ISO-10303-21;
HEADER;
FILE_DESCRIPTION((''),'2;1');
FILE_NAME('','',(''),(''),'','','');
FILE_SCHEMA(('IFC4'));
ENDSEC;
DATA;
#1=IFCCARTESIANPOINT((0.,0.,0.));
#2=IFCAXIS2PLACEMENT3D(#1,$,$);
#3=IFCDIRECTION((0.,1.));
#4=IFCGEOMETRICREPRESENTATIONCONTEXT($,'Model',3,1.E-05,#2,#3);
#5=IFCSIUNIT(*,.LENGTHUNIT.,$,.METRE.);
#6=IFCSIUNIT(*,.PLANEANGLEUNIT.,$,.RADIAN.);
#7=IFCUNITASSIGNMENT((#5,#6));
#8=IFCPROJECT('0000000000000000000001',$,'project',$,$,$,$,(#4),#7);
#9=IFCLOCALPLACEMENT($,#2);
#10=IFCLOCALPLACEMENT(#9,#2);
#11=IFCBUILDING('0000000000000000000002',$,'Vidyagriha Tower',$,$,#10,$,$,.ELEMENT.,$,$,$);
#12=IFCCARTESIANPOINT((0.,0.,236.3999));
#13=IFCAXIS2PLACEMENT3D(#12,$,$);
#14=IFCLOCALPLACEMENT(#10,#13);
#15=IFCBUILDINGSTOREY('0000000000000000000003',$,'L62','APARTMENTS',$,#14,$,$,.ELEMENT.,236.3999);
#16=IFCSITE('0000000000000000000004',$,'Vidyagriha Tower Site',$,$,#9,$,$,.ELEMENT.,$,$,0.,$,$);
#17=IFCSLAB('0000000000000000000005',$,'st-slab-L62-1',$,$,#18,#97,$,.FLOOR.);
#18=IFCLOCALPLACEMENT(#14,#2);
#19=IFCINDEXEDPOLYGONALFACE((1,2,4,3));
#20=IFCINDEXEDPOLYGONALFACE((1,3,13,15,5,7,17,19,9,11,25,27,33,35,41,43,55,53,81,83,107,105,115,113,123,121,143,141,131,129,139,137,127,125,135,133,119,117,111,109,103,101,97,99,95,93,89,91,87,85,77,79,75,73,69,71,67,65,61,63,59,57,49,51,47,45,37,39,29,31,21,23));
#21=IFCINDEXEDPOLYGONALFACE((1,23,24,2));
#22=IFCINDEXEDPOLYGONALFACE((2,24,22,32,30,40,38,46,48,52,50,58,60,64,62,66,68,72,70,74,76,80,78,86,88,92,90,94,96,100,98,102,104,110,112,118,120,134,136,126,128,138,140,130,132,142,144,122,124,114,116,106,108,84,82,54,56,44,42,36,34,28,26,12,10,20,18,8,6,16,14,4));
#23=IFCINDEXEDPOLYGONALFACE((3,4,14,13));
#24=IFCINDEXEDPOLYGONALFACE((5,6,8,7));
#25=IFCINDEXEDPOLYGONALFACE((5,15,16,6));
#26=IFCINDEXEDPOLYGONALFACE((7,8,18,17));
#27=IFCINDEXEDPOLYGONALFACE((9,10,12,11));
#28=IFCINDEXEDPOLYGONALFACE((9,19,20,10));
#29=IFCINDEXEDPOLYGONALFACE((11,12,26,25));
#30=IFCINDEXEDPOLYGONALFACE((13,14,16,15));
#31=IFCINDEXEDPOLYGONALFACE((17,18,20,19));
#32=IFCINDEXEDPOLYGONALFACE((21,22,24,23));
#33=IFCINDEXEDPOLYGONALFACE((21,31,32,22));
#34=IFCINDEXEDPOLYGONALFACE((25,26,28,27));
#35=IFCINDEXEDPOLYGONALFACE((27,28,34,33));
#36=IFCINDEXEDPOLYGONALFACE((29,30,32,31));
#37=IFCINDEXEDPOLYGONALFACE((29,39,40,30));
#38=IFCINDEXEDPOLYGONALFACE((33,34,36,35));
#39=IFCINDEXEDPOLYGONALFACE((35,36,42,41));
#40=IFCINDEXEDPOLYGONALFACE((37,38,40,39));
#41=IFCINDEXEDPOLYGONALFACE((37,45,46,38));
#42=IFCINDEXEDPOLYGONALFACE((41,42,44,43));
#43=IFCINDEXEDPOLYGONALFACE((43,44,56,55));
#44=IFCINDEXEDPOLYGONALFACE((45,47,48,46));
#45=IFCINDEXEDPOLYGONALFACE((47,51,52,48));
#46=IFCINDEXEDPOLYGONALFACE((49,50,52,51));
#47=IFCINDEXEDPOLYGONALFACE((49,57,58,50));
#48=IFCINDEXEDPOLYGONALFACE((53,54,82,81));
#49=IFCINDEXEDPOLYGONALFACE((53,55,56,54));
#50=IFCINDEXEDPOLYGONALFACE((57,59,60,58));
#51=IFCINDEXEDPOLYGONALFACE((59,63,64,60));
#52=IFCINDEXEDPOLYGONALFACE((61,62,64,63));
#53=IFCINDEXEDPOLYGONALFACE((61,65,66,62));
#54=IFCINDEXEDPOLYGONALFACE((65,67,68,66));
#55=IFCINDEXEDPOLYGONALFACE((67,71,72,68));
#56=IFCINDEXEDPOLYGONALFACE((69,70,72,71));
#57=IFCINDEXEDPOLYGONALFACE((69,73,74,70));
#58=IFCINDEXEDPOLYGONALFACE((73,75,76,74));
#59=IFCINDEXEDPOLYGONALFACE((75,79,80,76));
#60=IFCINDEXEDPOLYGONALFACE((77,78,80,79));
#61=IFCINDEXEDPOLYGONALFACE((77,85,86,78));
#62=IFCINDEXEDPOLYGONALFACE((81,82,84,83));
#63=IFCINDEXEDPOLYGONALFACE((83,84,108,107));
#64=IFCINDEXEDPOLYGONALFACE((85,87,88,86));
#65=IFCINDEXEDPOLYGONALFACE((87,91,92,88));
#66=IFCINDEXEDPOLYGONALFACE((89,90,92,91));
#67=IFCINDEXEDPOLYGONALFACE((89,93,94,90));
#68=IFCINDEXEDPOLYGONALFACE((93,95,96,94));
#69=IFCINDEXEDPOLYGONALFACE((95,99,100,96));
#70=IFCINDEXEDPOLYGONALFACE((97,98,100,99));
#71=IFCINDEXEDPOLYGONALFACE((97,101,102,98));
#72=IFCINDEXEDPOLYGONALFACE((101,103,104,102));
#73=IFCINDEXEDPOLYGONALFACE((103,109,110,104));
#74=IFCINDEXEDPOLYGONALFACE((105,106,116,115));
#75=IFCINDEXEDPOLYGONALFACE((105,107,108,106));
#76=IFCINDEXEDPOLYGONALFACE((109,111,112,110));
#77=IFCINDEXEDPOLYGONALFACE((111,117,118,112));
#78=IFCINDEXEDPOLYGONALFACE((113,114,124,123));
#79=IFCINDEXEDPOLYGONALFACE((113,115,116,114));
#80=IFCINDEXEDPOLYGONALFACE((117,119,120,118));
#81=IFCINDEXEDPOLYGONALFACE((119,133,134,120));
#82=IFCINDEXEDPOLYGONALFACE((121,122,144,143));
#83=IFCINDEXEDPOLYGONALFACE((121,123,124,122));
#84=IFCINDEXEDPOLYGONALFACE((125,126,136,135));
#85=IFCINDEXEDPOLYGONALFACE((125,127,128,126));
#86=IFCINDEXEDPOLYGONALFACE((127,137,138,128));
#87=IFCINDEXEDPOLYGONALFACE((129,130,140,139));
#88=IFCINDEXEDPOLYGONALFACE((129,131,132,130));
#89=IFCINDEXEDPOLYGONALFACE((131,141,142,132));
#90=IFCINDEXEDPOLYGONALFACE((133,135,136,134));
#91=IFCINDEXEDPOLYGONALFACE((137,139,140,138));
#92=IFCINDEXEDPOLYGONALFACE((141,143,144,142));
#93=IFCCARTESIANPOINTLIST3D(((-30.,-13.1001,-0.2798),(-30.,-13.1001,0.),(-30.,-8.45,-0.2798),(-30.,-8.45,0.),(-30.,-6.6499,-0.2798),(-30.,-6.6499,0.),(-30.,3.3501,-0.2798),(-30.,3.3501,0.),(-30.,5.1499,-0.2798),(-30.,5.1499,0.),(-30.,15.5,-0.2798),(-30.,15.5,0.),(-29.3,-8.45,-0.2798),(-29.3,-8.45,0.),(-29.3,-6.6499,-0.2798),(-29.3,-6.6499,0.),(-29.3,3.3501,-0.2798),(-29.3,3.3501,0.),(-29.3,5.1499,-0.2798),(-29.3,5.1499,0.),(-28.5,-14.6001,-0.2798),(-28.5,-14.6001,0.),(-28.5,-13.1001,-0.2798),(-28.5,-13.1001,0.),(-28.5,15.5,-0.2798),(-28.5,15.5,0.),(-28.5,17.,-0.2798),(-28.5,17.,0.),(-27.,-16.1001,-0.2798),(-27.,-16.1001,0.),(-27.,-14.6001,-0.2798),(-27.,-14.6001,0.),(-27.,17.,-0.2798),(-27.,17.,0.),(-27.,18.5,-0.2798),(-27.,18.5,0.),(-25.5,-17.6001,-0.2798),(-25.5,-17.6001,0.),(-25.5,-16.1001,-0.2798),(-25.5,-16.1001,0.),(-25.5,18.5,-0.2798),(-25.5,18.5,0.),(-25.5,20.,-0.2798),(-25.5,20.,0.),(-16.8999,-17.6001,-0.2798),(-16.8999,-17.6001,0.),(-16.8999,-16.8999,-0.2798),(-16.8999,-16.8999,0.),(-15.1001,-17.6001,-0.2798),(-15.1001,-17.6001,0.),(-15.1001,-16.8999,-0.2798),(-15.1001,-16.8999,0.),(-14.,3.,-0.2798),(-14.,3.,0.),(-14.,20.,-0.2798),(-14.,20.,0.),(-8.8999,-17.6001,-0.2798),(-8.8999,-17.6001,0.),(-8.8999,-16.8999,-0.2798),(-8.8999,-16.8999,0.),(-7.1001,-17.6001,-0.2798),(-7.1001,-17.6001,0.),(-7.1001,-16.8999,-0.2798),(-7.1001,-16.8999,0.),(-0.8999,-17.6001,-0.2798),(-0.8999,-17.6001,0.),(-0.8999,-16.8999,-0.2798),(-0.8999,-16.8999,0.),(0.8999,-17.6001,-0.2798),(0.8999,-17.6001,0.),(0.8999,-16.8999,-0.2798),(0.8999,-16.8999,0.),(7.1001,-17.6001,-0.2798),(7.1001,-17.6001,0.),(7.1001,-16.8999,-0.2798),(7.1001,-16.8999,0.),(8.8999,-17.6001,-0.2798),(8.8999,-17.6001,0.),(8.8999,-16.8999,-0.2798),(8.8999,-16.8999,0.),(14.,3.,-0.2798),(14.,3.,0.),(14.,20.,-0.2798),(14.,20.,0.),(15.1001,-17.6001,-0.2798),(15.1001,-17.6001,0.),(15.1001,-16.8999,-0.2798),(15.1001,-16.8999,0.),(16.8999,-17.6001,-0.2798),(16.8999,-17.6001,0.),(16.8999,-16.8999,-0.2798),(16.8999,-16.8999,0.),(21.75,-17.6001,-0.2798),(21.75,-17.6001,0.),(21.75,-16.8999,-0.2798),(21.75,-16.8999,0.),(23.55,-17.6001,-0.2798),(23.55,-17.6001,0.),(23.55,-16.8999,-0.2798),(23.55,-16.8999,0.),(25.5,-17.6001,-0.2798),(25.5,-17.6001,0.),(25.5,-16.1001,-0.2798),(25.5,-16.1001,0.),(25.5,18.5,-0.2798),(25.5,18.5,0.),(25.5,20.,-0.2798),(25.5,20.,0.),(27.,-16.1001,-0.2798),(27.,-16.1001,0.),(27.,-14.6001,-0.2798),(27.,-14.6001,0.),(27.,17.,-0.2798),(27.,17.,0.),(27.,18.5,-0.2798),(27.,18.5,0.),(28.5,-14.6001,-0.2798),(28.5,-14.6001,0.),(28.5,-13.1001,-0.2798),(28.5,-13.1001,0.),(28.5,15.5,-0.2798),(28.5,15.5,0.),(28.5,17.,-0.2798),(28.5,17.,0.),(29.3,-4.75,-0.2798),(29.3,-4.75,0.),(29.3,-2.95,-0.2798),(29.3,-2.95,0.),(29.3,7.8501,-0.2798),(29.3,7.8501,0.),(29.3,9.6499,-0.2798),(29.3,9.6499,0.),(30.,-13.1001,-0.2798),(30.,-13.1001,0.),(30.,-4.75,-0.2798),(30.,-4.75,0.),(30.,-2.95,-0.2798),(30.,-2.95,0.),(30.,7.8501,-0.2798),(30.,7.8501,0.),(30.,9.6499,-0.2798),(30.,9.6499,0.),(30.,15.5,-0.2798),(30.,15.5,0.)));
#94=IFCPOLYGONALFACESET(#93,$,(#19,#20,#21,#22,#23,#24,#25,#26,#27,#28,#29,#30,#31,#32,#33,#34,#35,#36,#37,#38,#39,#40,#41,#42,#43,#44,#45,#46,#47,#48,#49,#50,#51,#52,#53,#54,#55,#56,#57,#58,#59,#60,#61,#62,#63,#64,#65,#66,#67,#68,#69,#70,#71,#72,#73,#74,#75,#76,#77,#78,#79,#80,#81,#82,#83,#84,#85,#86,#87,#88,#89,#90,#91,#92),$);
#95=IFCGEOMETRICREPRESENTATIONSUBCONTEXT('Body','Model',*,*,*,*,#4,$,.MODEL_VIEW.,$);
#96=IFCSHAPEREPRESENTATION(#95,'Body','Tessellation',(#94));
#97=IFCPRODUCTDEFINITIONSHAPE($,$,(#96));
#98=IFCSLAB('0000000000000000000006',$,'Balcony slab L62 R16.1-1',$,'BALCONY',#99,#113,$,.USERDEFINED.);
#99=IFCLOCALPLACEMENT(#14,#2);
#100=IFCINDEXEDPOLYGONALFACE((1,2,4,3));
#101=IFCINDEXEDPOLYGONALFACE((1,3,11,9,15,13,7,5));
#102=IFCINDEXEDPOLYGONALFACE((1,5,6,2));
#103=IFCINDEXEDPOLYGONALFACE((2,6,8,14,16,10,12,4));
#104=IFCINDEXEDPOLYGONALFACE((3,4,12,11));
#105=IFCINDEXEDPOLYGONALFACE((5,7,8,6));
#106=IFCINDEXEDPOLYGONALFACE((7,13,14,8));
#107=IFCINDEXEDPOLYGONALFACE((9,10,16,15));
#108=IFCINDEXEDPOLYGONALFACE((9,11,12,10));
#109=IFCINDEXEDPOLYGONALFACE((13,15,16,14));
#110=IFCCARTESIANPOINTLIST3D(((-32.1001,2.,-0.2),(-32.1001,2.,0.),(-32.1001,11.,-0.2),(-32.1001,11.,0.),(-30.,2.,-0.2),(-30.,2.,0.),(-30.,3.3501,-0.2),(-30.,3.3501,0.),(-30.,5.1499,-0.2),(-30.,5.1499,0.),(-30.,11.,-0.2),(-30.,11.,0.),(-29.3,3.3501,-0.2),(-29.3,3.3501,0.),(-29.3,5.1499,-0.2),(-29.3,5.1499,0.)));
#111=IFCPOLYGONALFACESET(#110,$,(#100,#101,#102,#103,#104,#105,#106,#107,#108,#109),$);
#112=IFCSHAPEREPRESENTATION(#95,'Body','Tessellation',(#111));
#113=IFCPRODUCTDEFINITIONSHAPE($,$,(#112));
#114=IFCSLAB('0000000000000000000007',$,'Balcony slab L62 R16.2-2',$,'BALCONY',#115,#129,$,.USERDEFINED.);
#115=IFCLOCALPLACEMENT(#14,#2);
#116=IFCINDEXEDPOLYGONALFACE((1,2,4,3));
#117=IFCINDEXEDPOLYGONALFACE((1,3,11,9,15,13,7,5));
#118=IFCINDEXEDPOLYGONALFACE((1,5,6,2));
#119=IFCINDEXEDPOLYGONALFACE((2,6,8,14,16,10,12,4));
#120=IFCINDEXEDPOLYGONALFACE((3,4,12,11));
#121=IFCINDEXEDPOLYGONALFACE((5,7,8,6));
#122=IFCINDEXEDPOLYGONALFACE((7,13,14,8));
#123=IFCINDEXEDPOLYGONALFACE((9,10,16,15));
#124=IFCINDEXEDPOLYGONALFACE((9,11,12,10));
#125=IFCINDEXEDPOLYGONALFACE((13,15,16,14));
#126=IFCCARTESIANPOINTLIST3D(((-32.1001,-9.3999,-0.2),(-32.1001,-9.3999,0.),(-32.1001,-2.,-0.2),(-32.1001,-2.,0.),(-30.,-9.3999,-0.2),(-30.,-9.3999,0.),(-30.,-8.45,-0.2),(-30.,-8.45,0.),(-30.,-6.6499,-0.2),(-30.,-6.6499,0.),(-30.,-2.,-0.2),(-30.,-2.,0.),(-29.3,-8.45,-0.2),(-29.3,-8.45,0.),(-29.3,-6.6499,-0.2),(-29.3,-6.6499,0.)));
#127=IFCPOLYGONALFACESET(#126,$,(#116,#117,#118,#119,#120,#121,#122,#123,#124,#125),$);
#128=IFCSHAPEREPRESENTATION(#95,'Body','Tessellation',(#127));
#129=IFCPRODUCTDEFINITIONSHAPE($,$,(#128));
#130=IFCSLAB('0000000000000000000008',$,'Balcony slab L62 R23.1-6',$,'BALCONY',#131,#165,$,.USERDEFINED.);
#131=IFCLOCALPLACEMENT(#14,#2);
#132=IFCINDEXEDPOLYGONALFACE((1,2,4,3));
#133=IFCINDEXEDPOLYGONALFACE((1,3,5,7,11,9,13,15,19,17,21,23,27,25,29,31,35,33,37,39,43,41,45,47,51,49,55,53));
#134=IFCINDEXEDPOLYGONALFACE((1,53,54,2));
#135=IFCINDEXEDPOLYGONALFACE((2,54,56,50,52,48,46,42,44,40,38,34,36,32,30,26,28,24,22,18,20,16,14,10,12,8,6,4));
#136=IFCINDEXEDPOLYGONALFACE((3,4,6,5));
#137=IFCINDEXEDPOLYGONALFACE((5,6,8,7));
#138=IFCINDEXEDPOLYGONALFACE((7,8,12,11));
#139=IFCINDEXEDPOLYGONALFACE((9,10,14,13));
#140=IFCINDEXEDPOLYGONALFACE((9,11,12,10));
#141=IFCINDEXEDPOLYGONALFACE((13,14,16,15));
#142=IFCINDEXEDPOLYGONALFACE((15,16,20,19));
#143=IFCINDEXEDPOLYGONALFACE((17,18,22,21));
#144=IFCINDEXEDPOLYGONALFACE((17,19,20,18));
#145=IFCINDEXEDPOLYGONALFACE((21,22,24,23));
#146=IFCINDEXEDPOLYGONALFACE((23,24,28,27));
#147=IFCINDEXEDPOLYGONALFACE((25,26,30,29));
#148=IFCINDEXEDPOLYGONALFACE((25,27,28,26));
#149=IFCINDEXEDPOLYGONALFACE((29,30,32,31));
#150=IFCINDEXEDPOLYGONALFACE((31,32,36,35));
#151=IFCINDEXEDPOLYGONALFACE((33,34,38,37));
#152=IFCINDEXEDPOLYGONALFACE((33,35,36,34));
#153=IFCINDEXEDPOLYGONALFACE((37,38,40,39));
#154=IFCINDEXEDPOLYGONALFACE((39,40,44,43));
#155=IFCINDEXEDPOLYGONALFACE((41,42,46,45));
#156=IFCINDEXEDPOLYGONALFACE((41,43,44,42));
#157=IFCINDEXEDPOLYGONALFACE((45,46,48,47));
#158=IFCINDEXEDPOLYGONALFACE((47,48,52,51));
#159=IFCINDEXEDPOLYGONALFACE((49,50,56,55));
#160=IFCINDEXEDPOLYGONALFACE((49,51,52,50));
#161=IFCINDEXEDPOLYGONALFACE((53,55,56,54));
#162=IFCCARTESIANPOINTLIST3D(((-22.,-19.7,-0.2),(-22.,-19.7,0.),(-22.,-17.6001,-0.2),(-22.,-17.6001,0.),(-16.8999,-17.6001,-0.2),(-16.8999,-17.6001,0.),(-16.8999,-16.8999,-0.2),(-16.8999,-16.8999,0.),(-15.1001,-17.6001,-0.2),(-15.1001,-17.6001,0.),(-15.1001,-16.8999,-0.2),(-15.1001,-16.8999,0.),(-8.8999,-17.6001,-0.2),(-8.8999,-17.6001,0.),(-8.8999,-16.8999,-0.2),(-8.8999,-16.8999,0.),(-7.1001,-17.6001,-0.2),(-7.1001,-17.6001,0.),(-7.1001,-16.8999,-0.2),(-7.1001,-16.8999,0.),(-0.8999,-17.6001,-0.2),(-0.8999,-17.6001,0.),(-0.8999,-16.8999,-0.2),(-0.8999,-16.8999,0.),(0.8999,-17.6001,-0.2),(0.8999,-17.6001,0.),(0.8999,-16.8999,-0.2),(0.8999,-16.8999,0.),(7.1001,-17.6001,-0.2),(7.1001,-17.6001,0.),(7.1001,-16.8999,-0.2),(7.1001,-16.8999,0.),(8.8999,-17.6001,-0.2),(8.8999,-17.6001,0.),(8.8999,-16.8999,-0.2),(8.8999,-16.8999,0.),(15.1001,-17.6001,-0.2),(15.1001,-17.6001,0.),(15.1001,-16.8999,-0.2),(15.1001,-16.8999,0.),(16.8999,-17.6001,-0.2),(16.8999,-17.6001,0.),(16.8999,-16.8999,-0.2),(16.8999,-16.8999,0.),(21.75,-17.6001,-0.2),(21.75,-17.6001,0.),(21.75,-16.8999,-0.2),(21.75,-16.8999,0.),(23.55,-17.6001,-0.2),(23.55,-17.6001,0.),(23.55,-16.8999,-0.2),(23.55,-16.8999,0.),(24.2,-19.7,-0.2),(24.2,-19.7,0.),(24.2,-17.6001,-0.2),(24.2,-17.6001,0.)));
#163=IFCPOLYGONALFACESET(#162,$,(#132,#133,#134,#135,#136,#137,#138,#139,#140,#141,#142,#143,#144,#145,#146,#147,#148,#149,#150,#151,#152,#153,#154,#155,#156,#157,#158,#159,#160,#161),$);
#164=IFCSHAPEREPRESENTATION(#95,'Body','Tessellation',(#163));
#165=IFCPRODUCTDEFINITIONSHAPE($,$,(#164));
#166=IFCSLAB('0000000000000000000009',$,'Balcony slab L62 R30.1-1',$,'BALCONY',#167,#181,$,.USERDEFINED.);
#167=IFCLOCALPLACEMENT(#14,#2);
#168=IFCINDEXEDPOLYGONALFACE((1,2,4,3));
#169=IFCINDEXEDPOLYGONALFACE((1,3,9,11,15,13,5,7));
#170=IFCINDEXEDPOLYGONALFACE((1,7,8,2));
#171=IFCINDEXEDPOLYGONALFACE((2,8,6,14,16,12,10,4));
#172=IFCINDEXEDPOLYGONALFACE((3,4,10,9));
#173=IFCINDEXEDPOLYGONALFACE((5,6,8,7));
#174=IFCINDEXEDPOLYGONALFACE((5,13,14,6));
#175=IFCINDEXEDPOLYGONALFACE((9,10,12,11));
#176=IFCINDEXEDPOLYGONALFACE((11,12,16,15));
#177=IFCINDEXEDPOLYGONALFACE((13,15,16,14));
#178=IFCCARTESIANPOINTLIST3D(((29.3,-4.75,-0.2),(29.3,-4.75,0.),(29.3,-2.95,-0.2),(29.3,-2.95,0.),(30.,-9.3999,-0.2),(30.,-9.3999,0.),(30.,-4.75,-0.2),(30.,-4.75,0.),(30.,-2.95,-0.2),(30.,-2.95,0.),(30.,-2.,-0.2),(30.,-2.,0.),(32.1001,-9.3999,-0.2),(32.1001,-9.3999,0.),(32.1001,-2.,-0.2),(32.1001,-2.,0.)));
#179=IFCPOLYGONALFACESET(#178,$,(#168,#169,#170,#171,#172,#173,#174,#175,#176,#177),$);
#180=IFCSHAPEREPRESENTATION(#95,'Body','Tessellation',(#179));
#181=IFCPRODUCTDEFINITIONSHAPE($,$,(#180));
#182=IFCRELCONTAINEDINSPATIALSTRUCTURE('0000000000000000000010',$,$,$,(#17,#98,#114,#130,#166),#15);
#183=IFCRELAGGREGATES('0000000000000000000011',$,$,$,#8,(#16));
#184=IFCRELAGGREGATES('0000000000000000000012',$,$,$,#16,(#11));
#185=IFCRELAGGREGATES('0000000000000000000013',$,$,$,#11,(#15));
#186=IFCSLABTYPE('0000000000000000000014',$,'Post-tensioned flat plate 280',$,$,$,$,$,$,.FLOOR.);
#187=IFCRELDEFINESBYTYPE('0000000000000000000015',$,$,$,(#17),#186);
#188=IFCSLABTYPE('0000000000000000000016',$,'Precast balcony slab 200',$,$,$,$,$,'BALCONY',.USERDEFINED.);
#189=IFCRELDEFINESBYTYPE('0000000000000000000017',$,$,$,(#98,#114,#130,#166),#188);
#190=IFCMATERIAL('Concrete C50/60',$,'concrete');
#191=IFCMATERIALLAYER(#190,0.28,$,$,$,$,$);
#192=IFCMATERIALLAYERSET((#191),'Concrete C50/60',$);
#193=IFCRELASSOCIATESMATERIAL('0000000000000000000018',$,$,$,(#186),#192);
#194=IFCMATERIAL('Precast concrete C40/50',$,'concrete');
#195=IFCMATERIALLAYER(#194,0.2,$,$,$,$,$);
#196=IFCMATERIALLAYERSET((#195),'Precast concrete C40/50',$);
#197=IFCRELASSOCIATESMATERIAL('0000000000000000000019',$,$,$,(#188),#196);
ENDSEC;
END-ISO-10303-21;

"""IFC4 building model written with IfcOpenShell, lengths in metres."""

from ifc_helpers import new_model, si_unit, direction, frame, origin, place, context, subcontext, project, spatial, polyline, outline, extrude, material, layer, layer_set, type_object, element, save


model = new_model("IFC4")

# Units and contexts
model_context = context("Model", 3, precision=1e-05, world=origin(), true_north=direction((0.0, 1.0)))
body_context = subcontext(model_context, "Body", "Model", "MODEL_VIEW")
ifc_project = project(units=[si_unit("LENGTHUNIT", "METRE"), si_unit("PLANEANGLEUNIT", "RADIAN")], contexts=[model_context])

# Site, building, storey
site_placement = place(None, origin())
site = spatial("IfcSite", under=ifc_project, at=site_placement, Name="Vidyagriha Tower Site", CompositionType="ELEMENT", RefElevation=0.0)
building_placement = place(site_placement, origin())
building = spatial("IfcBuilding", under=site, at=building_placement, Name="Vidyagriha Tower", CompositionType="ELEMENT")
storey_placement = place(building_placement, frame((0.0, 0.0, 236.3999)))
storey = spatial("IfcBuildingStorey", under=building, at=storey_placement, Name="L62", Description="APARTMENTS", CompositionType="ELEMENT", Elevation=236.3999)

# Slabs
ifc_material_1 = material(Name="Concrete C50/60", Category="concrete")
ifc_layer_1 = layer(ifc_material_1, 0.28)
ifc_layer_set_1 = layer_set([ifc_layer_1], Name="Concrete C50/60")
slab_type_1 = type_object("IfcSlabType", Name="Post-tensioned flat plate 280", PredefinedType="FLOOR", material=ifc_layer_set_1)
slab_1_placement = place(storey_placement, frame((0.0, 0.0, -0.2798)))
element("IfcSlab", 1, at=slab_1_placement, inside=storey, type_object=slab_type_1, Name="st-slab-L62-1", PredefinedType="FLOOR", context=body_context, shape_type="SweptSolid", body=[
    extrude(outline(polyline([(28.5, -14.6001), (27.0, -14.6001), (27.0, -16.1001), (25.5, -16.1001), (25.5, -17.6001), (23.55, -17.6001), (23.55, -16.8999), (21.75, -16.8999), (21.75, -17.6001), (16.8999, -17.6001), (16.8999, -16.8999), (15.1001, -16.8999), (15.1001, -17.6001), (8.8999, -17.6001), (8.8999, -16.8999), (7.1001, -16.8999), (7.1001, -17.6001), (0.8999, -17.6001), (0.8999, -16.8999), (-0.8999, -16.8999), (-0.8999, -17.6001), (-7.1001, -17.6001), (-7.1001, -16.8999), (-8.8999, -16.8999), (-8.8999, -17.6001), (-15.1001, -17.6001), (-15.1001, -16.8999), (-16.8999, -16.8999), (-16.8999, -17.6001), (-25.5, -17.6001), (-25.5, -16.1001), (-27.0, -16.1001), (-27.0, -14.6001), (-28.5, -14.6001), (-28.5, -13.1001), (-30.0, -13.1001), (-30.0, -8.45), (-29.3, -8.45), (-29.3, -6.6499), (-30.0, -6.6499), (-30.0, 3.3501), (-29.3, 3.3501), (-29.3, 5.1499), (-30.0, 5.1499), (-30.0, 15.5), (-28.5, 15.5), (-28.5, 17.0), (-27.0, 17.0), (-27.0, 18.5), (-25.5, 18.5), (-25.5, 20.0), (-14.0, 20.0), (-14.0, 3.0), (14.0, 3.0), (14.0, 20.0), (25.5, 20.0), (25.5, 18.5), (27.0, 18.5), (27.0, 17.0), (28.5, 17.0), (28.5, 15.5), (30.0, 15.5), (30.0, 9.6499), (29.3, 9.6499), (29.3, 7.8501), (30.0, 7.8501), (30.0, -2.95), (29.3, -2.95), (29.3, -4.75), (30.0, -4.75), (30.0, -13.1001), (28.5, -13.1001), (28.5, -14.6001)])), origin(), (0.0, 0.0, 1.0), 0.2798),
])
ifc_material_2 = material(Name="Precast concrete C40/50", Category="concrete")
ifc_layer_2 = layer(ifc_material_2, 0.2)
ifc_layer_set_2 = layer_set([ifc_layer_2], Name="Precast concrete C40/50")
slab_type_2 = type_object("IfcSlabType", Name="Precast balcony slab 200", ElementType="BALCONY", PredefinedType="USERDEFINED", material=ifc_layer_set_2)
slab_2_placement = place(storey_placement, frame((0.0, 0.0, -0.2)))
element("IfcSlab", 2, at=slab_2_placement, inside=storey, type_object=slab_type_2, Name="Balcony slab L62 R16.1-1", ObjectType="BALCONY", PredefinedType="USERDEFINED", context=body_context, shape_type="SweptSolid", body=[
    extrude(outline(polyline([(-29.3, 3.3501), (-29.3, 5.1499), (-30.0, 5.1499), (-30.0, 11.0), (-32.1001, 11.0), (-32.1001, 2.0), (-30.0, 2.0), (-30.0, 3.3501), (-29.3, 3.3501)])), origin(), (0.0, 0.0, 1.0), 0.2),
])
slab_3_placement = place(storey_placement, frame((0.0, 0.0, -0.2)))
element("IfcSlab", 3, at=slab_3_placement, inside=storey, type_object=slab_type_2, Name="Balcony slab L62 R16.2-2", ObjectType="BALCONY", PredefinedType="USERDEFINED", context=body_context, shape_type="SweptSolid", body=[
    extrude(outline(polyline([(-29.3, -8.45), (-29.3, -6.6499), (-30.0, -6.6499), (-30.0, -2.0), (-32.1001, -2.0), (-32.1001, -9.3999), (-30.0, -9.3999), (-30.0, -8.45), (-29.3, -8.45)])), origin(), (0.0, 0.0, 1.0), 0.2),
])
slab_4_placement = place(storey_placement, frame((0.0, 0.0, -0.2)))
element("IfcSlab", 4, at=slab_4_placement, inside=storey, type_object=slab_type_2, Name="Balcony slab L62 R23.1-6", ObjectType="BALCONY", PredefinedType="USERDEFINED", context=body_context, shape_type="SweptSolid", body=[
    extrude(outline(polyline([(-16.8999, -16.8999), (-16.8999, -17.6001), (-22.0, -17.6001), (-22.0, -19.7), (24.2, -19.7), (24.2, -17.6001), (23.55, -17.6001), (23.55, -16.8999), (21.75, -16.8999), (21.75, -17.6001), (16.8999, -17.6001), (16.8999, -16.8999), (15.1001, -16.8999), (15.1001, -17.6001), (8.8999, -17.6001), (8.8999, -16.8999), (7.1001, -16.8999), (7.1001, -17.6001), (0.8999, -17.6001), (0.8999, -16.8999), (-0.8999, -16.8999), (-0.8999, -17.6001), (-7.1001, -17.6001), (-7.1001, -16.8999), (-8.8999, -16.8999), (-8.8999, -17.6001), (-15.1001, -17.6001), (-15.1001, -16.8999), (-16.8999, -16.8999)])), origin(), (0.0, 0.0, 1.0), 0.2),
])
slab_5_placement = place(storey_placement, frame((0.0, 0.0, -0.2)))
element("IfcSlab", 5, at=slab_5_placement, inside=storey, type_object=slab_type_2, Name="Balcony slab L62 R30.1-1", ObjectType="BALCONY", PredefinedType="USERDEFINED", context=body_context, shape_type="SweptSolid", body=[
    extrude(outline(polyline([(30.0, -4.75), (30.0, -9.3999), (32.1001, -9.3999), (32.1001, -2.0), (30.0, -2.0), (30.0, -2.95), (29.3, -2.95), (29.3, -4.75), (30.0, -4.75)])), origin(), (0.0, 0.0, 1.0), 0.2),
])

save(model, "model.ifc")
